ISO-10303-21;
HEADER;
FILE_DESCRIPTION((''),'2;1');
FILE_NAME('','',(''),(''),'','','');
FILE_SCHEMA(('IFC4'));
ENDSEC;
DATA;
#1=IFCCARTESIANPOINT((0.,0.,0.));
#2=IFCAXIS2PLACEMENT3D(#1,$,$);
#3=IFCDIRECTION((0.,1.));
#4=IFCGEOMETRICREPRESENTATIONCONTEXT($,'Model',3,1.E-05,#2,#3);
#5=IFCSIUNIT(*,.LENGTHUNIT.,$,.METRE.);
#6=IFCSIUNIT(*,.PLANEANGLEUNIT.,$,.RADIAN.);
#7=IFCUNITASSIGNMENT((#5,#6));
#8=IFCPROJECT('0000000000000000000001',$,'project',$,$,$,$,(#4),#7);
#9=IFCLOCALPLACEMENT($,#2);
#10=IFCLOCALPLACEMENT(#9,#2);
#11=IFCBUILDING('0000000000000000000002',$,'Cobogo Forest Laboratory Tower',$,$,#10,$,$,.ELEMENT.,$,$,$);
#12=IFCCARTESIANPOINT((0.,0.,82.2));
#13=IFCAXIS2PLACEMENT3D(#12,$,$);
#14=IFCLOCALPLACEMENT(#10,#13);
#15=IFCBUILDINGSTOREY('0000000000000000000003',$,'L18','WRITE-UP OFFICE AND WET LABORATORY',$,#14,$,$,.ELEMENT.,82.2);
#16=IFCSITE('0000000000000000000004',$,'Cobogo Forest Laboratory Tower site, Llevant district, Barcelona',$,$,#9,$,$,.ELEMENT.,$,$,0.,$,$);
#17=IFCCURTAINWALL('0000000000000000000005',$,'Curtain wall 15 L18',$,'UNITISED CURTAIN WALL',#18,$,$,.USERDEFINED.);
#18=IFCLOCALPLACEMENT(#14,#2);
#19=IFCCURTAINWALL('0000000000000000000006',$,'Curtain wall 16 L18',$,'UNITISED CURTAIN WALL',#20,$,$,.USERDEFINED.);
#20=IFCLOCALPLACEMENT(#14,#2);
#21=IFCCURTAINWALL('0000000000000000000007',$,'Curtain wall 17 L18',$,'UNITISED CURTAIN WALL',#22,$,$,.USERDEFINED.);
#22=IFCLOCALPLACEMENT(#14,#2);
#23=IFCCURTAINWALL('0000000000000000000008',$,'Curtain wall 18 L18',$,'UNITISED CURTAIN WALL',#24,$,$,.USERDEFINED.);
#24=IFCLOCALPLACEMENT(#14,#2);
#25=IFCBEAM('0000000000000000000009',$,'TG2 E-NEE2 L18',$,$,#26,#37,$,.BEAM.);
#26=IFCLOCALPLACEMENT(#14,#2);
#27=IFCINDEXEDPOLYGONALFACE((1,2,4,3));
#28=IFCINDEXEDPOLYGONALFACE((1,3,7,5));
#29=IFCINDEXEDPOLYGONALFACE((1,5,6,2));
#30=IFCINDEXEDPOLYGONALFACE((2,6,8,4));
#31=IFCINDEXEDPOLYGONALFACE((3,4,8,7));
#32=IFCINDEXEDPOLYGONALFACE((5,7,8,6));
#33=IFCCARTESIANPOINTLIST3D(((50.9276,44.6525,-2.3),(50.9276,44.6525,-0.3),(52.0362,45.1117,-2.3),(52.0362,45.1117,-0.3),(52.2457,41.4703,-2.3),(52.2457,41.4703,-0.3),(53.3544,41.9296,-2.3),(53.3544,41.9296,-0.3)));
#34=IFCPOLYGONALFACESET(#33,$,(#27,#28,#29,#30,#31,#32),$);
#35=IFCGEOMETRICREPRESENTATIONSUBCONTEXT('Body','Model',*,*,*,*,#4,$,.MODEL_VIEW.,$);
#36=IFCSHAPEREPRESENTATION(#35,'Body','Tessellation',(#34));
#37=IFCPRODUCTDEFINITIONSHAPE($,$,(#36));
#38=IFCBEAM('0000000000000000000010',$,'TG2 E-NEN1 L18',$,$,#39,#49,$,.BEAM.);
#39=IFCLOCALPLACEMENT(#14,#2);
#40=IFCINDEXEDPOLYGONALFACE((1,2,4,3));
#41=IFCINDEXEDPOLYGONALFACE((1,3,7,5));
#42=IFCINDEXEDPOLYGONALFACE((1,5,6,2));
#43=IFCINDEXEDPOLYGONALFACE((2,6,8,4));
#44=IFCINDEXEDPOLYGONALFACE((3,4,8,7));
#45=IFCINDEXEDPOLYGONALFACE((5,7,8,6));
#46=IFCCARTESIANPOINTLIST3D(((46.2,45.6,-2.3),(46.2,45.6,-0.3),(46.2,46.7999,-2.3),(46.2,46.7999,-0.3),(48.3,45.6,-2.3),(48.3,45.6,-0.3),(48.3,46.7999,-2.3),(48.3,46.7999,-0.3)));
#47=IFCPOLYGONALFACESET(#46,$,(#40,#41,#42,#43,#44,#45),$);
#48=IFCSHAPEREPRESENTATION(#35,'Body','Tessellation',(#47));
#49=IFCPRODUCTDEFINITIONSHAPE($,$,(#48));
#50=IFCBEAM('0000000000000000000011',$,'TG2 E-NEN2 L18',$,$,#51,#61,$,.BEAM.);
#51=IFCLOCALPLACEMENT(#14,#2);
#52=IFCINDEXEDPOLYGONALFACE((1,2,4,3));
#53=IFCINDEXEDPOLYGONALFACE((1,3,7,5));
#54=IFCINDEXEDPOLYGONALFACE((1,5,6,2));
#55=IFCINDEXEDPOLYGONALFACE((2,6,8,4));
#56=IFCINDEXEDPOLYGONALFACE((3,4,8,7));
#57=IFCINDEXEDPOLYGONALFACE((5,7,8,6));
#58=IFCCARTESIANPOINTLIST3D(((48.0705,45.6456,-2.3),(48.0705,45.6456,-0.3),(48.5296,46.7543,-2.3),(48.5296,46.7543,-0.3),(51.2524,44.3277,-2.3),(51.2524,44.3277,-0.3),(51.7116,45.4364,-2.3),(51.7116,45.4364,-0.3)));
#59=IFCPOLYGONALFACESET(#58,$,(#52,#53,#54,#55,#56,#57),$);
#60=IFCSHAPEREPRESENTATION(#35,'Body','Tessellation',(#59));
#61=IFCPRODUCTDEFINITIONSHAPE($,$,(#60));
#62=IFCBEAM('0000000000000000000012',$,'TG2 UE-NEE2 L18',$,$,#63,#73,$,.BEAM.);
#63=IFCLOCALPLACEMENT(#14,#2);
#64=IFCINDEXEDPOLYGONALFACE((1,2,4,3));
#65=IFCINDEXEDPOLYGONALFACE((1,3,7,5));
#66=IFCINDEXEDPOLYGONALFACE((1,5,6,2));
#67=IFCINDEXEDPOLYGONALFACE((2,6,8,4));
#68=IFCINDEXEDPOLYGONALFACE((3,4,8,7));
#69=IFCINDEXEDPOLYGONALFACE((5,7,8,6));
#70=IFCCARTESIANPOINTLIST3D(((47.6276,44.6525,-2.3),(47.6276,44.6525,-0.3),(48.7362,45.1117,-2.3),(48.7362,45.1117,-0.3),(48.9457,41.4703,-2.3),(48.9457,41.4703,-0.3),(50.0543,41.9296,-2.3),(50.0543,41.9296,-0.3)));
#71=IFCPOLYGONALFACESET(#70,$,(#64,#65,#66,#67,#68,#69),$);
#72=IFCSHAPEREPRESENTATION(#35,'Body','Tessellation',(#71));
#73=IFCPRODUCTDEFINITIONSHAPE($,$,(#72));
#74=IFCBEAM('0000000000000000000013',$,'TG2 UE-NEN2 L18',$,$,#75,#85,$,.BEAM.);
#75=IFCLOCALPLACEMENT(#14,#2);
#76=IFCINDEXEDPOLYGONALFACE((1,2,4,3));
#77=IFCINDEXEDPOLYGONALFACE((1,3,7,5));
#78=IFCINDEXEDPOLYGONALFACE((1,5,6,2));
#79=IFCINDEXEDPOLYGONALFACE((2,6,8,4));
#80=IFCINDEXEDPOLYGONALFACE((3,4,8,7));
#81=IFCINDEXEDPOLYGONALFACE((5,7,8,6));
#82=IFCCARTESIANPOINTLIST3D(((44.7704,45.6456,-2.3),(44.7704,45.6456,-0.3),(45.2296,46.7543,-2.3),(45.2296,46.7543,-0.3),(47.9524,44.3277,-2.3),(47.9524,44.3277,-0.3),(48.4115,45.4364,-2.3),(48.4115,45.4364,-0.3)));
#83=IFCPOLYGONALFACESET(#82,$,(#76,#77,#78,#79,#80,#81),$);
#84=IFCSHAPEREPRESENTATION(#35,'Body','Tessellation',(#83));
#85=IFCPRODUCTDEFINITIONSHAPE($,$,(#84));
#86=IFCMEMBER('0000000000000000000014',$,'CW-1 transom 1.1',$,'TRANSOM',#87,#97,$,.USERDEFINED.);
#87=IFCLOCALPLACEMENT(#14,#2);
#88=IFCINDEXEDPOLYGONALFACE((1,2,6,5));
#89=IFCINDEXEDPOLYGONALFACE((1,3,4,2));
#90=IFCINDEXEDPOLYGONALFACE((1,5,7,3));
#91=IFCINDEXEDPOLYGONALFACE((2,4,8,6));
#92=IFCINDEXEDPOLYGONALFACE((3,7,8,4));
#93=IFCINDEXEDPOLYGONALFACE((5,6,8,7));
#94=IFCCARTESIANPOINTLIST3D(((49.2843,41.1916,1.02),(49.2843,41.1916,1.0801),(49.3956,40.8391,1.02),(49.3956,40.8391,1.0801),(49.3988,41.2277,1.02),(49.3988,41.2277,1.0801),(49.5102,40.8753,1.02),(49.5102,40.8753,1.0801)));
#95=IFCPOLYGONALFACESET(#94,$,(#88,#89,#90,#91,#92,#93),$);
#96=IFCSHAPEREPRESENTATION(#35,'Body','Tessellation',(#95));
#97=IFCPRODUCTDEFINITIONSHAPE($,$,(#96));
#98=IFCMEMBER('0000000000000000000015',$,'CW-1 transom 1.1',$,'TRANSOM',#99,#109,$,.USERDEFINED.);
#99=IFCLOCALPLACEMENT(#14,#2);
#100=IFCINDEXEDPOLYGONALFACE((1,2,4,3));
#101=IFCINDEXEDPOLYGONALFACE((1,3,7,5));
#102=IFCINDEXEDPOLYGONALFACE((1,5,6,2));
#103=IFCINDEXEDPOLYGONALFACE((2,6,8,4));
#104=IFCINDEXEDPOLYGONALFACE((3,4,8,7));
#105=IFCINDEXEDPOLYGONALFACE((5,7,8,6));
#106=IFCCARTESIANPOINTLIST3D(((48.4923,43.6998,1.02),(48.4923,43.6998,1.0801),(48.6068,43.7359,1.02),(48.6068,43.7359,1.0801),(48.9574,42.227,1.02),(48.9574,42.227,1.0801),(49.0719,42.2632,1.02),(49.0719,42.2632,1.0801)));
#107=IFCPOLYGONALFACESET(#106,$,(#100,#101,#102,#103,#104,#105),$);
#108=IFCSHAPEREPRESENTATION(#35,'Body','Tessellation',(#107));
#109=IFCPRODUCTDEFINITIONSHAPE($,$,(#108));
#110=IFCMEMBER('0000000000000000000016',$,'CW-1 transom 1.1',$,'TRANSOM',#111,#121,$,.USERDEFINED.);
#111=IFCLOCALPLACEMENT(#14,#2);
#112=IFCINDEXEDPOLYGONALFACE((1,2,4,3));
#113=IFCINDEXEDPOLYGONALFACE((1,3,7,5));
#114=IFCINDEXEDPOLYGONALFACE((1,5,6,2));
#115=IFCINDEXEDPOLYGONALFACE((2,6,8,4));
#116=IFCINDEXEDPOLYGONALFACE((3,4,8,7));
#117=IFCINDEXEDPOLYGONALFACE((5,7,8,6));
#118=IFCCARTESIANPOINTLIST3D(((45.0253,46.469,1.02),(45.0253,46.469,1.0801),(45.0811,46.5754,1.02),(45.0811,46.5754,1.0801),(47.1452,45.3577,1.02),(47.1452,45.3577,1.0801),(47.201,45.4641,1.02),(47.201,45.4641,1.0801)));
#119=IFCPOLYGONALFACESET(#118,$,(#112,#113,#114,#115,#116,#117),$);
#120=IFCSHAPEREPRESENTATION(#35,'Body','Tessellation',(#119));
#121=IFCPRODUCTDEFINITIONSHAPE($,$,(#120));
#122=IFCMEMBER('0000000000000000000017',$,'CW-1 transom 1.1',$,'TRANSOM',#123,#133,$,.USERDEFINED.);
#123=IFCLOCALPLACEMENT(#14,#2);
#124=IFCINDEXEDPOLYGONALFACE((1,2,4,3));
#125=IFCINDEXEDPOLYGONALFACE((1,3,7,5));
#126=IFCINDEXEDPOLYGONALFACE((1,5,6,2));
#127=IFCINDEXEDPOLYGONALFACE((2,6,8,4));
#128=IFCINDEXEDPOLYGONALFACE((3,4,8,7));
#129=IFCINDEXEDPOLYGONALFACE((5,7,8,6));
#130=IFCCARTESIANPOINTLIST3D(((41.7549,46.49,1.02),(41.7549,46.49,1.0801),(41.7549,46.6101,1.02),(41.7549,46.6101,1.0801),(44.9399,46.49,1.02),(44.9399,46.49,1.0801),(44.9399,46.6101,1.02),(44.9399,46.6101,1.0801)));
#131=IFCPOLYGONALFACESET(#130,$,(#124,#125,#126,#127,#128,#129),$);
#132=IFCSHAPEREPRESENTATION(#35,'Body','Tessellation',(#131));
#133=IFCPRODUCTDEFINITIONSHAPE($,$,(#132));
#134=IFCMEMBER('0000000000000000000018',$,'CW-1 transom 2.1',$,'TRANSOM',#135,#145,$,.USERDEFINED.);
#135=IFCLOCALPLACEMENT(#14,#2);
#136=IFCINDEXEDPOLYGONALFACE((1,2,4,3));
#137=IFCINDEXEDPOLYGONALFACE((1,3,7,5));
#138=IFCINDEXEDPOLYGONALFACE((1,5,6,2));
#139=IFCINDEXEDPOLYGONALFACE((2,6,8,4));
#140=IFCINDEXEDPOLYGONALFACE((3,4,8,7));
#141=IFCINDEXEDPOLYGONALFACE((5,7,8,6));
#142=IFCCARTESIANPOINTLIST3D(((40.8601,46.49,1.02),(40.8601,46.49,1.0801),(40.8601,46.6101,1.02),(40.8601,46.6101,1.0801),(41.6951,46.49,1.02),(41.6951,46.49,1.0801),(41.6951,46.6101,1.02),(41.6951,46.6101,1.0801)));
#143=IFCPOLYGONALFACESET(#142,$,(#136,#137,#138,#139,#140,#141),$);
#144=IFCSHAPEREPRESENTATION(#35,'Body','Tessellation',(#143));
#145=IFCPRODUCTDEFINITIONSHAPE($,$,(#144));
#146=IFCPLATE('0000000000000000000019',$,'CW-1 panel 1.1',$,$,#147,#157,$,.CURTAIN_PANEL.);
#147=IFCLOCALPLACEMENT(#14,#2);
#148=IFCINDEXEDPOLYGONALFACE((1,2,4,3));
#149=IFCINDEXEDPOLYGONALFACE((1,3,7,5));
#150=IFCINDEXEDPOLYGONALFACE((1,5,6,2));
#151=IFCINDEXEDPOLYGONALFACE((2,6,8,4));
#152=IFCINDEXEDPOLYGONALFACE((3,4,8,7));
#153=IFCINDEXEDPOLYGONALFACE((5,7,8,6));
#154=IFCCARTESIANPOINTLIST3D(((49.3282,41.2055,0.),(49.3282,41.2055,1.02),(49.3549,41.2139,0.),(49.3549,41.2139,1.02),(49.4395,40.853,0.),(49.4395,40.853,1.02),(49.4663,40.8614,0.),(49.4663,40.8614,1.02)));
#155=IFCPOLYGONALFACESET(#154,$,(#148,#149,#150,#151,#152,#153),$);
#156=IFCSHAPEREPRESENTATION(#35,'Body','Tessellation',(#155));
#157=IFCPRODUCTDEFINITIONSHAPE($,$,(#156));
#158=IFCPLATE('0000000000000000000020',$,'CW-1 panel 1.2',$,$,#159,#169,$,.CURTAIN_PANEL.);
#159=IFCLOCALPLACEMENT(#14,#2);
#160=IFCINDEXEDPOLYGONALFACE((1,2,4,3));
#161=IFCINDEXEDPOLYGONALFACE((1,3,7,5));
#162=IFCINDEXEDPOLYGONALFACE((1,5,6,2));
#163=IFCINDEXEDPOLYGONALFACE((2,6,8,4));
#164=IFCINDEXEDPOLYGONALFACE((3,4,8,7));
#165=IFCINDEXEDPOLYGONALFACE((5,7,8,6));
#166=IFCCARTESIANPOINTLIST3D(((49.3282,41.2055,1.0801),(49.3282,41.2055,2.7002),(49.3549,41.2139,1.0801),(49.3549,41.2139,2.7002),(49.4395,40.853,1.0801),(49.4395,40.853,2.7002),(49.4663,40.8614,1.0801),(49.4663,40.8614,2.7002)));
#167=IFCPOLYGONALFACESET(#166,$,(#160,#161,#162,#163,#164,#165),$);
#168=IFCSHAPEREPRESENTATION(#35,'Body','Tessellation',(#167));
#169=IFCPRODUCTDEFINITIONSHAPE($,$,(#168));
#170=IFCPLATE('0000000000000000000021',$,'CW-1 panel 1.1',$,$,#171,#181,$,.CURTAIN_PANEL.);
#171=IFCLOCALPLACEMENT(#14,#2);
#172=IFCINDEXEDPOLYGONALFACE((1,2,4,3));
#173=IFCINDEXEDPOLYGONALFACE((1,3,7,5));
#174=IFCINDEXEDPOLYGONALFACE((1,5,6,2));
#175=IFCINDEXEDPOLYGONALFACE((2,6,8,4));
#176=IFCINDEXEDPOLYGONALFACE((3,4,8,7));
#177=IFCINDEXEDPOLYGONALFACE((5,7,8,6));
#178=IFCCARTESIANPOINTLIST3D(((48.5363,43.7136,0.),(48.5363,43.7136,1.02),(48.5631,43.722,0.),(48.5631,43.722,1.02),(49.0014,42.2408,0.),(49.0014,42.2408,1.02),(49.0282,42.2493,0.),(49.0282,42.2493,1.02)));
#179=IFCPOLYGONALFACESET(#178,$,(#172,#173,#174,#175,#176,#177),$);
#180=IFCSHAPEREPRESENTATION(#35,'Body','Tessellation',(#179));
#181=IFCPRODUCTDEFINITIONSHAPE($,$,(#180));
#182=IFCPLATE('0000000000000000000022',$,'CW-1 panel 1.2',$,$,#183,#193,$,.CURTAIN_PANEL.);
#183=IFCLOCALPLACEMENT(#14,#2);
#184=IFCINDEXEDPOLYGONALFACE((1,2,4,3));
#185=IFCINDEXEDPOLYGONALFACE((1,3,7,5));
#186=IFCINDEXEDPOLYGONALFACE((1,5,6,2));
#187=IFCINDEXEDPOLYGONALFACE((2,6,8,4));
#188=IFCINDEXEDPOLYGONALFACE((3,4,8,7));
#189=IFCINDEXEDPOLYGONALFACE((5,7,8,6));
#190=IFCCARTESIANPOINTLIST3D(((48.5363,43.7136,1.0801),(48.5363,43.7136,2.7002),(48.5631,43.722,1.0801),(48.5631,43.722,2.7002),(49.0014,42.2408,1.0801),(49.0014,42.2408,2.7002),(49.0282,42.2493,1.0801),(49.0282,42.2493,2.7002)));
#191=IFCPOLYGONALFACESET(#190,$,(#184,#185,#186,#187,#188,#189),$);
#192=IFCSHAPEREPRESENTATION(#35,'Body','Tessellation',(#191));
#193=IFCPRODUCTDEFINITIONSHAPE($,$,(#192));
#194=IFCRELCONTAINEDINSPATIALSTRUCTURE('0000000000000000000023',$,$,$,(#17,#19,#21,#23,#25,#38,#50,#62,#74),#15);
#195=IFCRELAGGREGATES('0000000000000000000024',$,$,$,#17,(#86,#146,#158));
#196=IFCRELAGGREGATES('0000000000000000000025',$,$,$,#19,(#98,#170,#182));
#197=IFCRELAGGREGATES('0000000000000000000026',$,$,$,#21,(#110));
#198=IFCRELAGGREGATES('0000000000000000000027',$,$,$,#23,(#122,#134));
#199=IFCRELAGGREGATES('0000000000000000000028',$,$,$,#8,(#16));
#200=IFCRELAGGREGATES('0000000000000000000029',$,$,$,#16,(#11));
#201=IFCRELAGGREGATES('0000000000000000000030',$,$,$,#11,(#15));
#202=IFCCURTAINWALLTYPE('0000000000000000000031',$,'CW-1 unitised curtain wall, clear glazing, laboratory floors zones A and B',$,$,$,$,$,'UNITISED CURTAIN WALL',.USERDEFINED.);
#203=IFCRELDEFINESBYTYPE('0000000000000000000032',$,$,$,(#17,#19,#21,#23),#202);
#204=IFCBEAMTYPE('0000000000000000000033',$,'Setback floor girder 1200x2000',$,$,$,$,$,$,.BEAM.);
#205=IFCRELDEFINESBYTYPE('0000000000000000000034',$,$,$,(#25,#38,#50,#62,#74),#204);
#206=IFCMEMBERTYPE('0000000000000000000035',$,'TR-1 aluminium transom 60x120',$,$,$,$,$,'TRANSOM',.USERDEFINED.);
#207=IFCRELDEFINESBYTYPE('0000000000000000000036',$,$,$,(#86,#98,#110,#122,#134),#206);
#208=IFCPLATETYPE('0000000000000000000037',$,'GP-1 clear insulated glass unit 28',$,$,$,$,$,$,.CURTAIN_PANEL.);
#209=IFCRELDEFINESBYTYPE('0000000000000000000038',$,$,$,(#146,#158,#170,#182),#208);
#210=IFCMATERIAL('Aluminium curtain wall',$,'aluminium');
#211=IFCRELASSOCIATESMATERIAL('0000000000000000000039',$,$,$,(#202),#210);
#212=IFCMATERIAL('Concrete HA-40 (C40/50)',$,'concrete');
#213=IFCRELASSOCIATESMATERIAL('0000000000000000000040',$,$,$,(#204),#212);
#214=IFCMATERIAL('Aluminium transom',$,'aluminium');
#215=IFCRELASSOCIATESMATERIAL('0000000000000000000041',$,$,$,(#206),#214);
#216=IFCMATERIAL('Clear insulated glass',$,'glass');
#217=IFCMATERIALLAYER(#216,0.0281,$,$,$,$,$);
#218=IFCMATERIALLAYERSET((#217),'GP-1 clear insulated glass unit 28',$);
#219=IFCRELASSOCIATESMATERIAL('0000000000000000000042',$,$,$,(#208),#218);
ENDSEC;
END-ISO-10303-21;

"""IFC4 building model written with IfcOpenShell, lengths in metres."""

from ifc_helpers import new_model, si_unit, direction, frame, origin, origin_2d, place, context, subcontext, project, spatial, rectangle, extrude, material, layer, layer_set, material_profile, profile_set, type_object, element, aggregate, save


model = new_model("IFC4")

# Units and contexts
model_context = context("Model", 3, precision=1e-05, world=origin(), true_north=direction((0.0, 1.0)))
body_context = subcontext(model_context, "Body", "Model", "MODEL_VIEW")
ifc_project = project(units=[si_unit("LENGTHUNIT", "METRE"), si_unit("PLANEANGLEUNIT", "RADIAN")], contexts=[model_context])

# Site, building, storey
site_placement = place(None, origin())
site = spatial("IfcSite", under=ifc_project, at=site_placement, Name="Cobogo Forest Laboratory Tower site, Llevant district, Barcelona", CompositionType="ELEMENT", RefElevation=0.0)
building_placement = place(site_placement, origin())
building = spatial("IfcBuilding", under=site, at=building_placement, Name="Cobogo Forest Laboratory Tower", CompositionType="ELEMENT")
storey_placement = place(building_placement, frame((0.0, 0.0, 82.2)))
storey = spatial("IfcBuildingStorey", under=building, at=storey_placement, Name="L18", Description="WRITE-UP OFFICE AND WET LABORATORY", CompositionType="ELEMENT", Elevation=82.2)

# Curtain walls
ifc_material_1 = material(Name="Aluminium curtain wall", Category="aluminium")
curtain_wall_type = type_object("IfcCurtainWallType", Name="CW-1 unitised curtain wall, clear glazing, laboratory floors zones A and B", ElementType="UNITISED CURTAIN WALL", PredefinedType="USERDEFINED", material=ifc_material_1)
curtain_wall_1_placement = place(storey_placement, origin())
curtain_wall_1 = element("IfcCurtainWall", 1, at=curtain_wall_1_placement, inside=storey, type_object=curtain_wall_type, Name="Curtain wall 15 L18", ObjectType="UNITISED CURTAIN WALL", PredefinedType="USERDEFINED")
curtain_wall_2_placement = place(storey_placement, origin())
curtain_wall_2 = element("IfcCurtainWall", 2, at=curtain_wall_2_placement, inside=storey, type_object=curtain_wall_type, Name="Curtain wall 16 L18", ObjectType="UNITISED CURTAIN WALL", PredefinedType="USERDEFINED")
curtain_wall_3_placement = place(storey_placement, origin())
curtain_wall_3 = element("IfcCurtainWall", 3, at=curtain_wall_3_placement, inside=storey, type_object=curtain_wall_type, Name="Curtain wall 17 L18", ObjectType="UNITISED CURTAIN WALL", PredefinedType="USERDEFINED")
curtain_wall_4_placement = place(storey_placement, origin())
curtain_wall_4 = element("IfcCurtainWall", 4, at=curtain_wall_4_placement, inside=storey, type_object=curtain_wall_type, Name="Curtain wall 18 L18", ObjectType="UNITISED CURTAIN WALL", PredefinedType="USERDEFINED")

# Beams
ifc_material_2 = material(Name="Concrete HA-40 (C40/50)", Category="concrete")
ifc_material_profile_1 = material_profile(ifc_material_2, rectangle(XDim=1.2, YDim=2.0, at=origin_2d()), Name="RC 1200x2000")
ifc_profile_set_1 = profile_set([ifc_material_profile_1], Name="Concrete HA-40 (C40/50)")
beam_type = type_object("IfcBeamType", Name="Setback floor girder 1200x2000", PredefinedType="BEAM", material=ifc_profile_set_1)
beam_1_placement = place(storey_placement, frame((52.8, 41.7, -1.3), z_axis=(-0.382692, 0.923876, 0.0), x_axis=(-0.923876, -0.382692, 0.0)))
element("IfcBeam", 5, at=beam_1_placement, inside=storey, type_object=beam_type, Name="TG2 E-NEE2 L18", PredefinedType="BEAM", context=body_context, shape_type="SweptSolid", body=[
    extrude(rectangle(XDim=1.2, YDim=2.0, at=origin_2d()), origin(), (0.0, 0.0, 1.0), 3.4443),
])
beam_2_placement = place(storey_placement, frame((46.2, 46.2, -1.3), z_axis=(1.0, 0.0, 0.0), x_axis=(0.0, 1.0, 0.0)))
element("IfcBeam", 6, at=beam_2_placement, inside=storey, type_object=beam_type, Name="TG2 E-NEN1 L18", PredefinedType="BEAM", context=body_context, shape_type="SweptSolid", body=[
    extrude(rectangle(XDim=1.2, YDim=2.0, at=origin_2d()), origin(), (0.0, 0.0, 1.0), 2.1001),
])
beam_3_placement = place(storey_placement, frame((48.3, 46.2, -1.3), z_axis=(0.923891, -0.382656, 0.0), x_axis=(0.382656, 0.923891, 0.0)))
element("IfcBeam", 7, at=beam_3_placement, inside=storey, type_object=beam_type, Name="TG2 E-NEN2 L18", PredefinedType="BEAM", context=body_context, shape_type="SweptSolid", body=[
    extrude(rectangle(XDim=1.2, YDim=2.0, at=origin_2d()), origin(), (0.0, 0.0, 1.0), 3.4441),
])
beam_4_placement = place(storey_placement, frame((49.5, 41.7, -1.3), z_axis=(-0.382692, 0.923876, 0.0), x_axis=(-0.923876, -0.382692, 0.0)))
element("IfcBeam", 8, at=beam_4_placement, inside=storey, type_object=beam_type, Name="TG2 UE-NEE2 L18", PredefinedType="BEAM", context=body_context, shape_type="SweptSolid", body=[
    extrude(rectangle(XDim=1.2, YDim=2.0, at=origin_2d()), origin(), (0.0, 0.0, 1.0), 3.4443),
])
beam_5_placement = place(storey_placement, frame((45.0, 46.2, -1.3), z_axis=(0.923891, -0.382656, 0.0), x_axis=(0.382656, 0.923891, 0.0)))
element("IfcBeam", 9, at=beam_5_placement, inside=storey, type_object=beam_type, Name="TG2 UE-NEN2 L18", PredefinedType="BEAM", context=body_context, shape_type="SweptSolid", body=[
    extrude(rectangle(XDim=1.2, YDim=2.0, at=origin_2d()), origin(), (0.0, 0.0, 1.0), 3.4441),
])

# Members
ifc_material_3 = material(Name="Aluminium transom", Category="aluminium")
ifc_material_profile_2 = material_profile(ifc_material_3, rectangle(XDim=0.1201, YDim=0.0601, at=origin_2d()), Name="AL 60x120")
ifc_profile_set_2 = profile_set([ifc_material_profile_2], Name="Aluminium transom")
member_type_1 = type_object("IfcMemberType", Name="TR-1 aluminium transom 60x120", ElementType="TRANSOM", PredefinedType="USERDEFINED", material=ifc_profile_set_2)
member_1_placement = place(storey_placement, frame((49.4529, 40.8572, 1.05), z_axis=(-0.301131, 0.953583, 0.0), x_axis=(-0.953583, -0.301131, 0.0)))
member_1 = element("IfcMember", 10, at=member_1_placement, type_object=member_type_1, Name="CW-1 transom 1.1", ObjectType="TRANSOM", PredefinedType="USERDEFINED", context=body_context, shape_type="SweptSolid", body=[
    extrude(rectangle(XDim=0.1201, YDim=0.0601, at=origin_2d()), origin(), (0.0, 0.0, 1.0), 0.3696),
])
member_2_placement = place(storey_placement, frame((49.0146, 42.2451, 1.05), z_axis=(-0.301154, 0.953575, 0.0), x_axis=(-0.953575, -0.301154, 0.0)))
member_2 = element("IfcMember", 11, at=member_2_placement, type_object=member_type_1, Name="CW-1 transom 1.1", ObjectType="TRANSOM", PredefinedType="USERDEFINED", context=body_context, shape_type="SweptSolid", body=[
    extrude(rectangle(XDim=0.1201, YDim=0.0601, at=origin_2d()), origin(), (0.0, 0.0, 1.0), 1.5444),
])
member_3_placement = place(storey_placement, frame((47.1731, 45.4109, 1.05), z_axis=(-0.885674, 0.464308, 0.0), x_axis=(-0.464308, -0.885674, 0.0)))
member_3 = element("IfcMember", 12, at=member_3_placement, type_object=member_type_1, Name="CW-1 transom 1.1", ObjectType="TRANSOM", PredefinedType="USERDEFINED", context=body_context, shape_type="SweptSolid", body=[
    extrude(rectangle(XDim=0.1201, YDim=0.0601, at=origin_2d()), origin(), (0.0, 0.0, 1.0), 2.3936),
])
member_4_placement = place(storey_placement, frame((44.9399, 46.55, 1.05), z_axis=(-1.0, 0.0, 0.0), x_axis=(0.0, -1.0, 0.0)))
member_4 = element("IfcMember", 13, at=member_4_placement, type_object=member_type_1, Name="CW-1 transom 1.1", ObjectType="TRANSOM", PredefinedType="USERDEFINED", context=body_context, shape_type="SweptSolid", body=[
    extrude(rectangle(XDim=0.1201, YDim=0.0601, at=origin_2d()), origin(), (0.0, 0.0, 1.0), 3.1851),
])
member_5_placement = place(storey_placement, frame((41.6951, 46.55, 1.05), z_axis=(-1.0, 0.0, 0.0), x_axis=(0.0, -1.0, 0.0)))
member_5 = element("IfcMember", 14, at=member_5_placement, type_object=member_type_1, Name="CW-1 transom 2.1", ObjectType="TRANSOM", PredefinedType="USERDEFINED", context=body_context, shape_type="SweptSolid", body=[
    extrude(rectangle(XDim=0.1201, YDim=0.0601, at=origin_2d()), origin(), (0.0, 0.0, 1.0), 0.835),
])

# Plates
ifc_material_4 = material(Name="Clear insulated glass", Category="glass")
ifc_layer_1 = layer(ifc_material_4, 0.0281)
ifc_layer_set_1 = layer_set([ifc_layer_1], Name="GP-1 clear insulated glass unit 28")
plate_type = type_object("IfcPlateType", Name="GP-1 clear insulated glass unit 28", PredefinedType="CURTAIN_PANEL", material=ifc_layer_set_1)
plate_1_placement = place(storey_placement, frame((49.3972, 41.0334, 0.0), z_axis=(0.0, 0.0, 1.0), x_axis=(-0.301135, 0.953582, 0.0)))
plate_1 = element("IfcPlate", 15, at=plate_1_placement, type_object=plate_type, Name="CW-1 panel 1.1", PredefinedType="CURTAIN_PANEL", context=body_context, shape_type="SweptSolid", body=[
    extrude(rectangle(XDim=0.3696, YDim=0.0281, at=origin_2d()), origin(), (0.0, 0.0, 1.0), 1.02),
])
plate_2_placement = place(storey_placement, frame((49.3972, 41.0334, 1.0801), z_axis=(0.0, 0.0, 1.0), x_axis=(-0.301135, 0.953582, 0.0)))
plate_2 = element("IfcPlate", 16, at=plate_2_placement, type_object=plate_type, Name="CW-1 panel 1.2", PredefinedType="CURTAIN_PANEL", context=body_context, shape_type="SweptSolid", body=[
    extrude(rectangle(XDim=0.3696, YDim=0.0281, at=origin_2d()), origin(), (0.0, 0.0, 1.0), 1.6201),
])
aggregate(curtain_wall_1, [member_1, plate_1, plate_2])
plate_3_placement = place(storey_placement, frame((48.7822, 42.9814, 0.0), z_axis=(0.0, 0.0, 1.0), x_axis=(-0.301135, 0.953581, 0.0)))
plate_3 = element("IfcPlate", 17, at=plate_3_placement, type_object=plate_type, Name="CW-1 panel 1.1", PredefinedType="CURTAIN_PANEL", context=body_context, shape_type="SweptSolid", body=[
    extrude(rectangle(XDim=1.5444, YDim=0.0281, at=origin_2d()), origin(), (0.0, 0.0, 1.0), 1.02),
])
plate_4_placement = place(storey_placement, frame((48.7822, 42.9814, 1.0801), z_axis=(0.0, 0.0, 1.0), x_axis=(-0.301135, 0.953581, 0.0)))
plate_4 = element("IfcPlate", 18, at=plate_4_placement, type_object=plate_type, Name="CW-1 panel 1.2", PredefinedType="CURTAIN_PANEL", context=body_context, shape_type="SweptSolid", body=[
    extrude(rectangle(XDim=1.5444, YDim=0.0281, at=origin_2d()), origin(), (0.0, 0.0, 1.0), 1.6201),
])
aggregate(curtain_wall_2, [member_2, plate_3, plate_4])
aggregate(curtain_wall_3, [member_3])
aggregate(curtain_wall_4, [member_4, member_5])

save(model, "model.ifc")
